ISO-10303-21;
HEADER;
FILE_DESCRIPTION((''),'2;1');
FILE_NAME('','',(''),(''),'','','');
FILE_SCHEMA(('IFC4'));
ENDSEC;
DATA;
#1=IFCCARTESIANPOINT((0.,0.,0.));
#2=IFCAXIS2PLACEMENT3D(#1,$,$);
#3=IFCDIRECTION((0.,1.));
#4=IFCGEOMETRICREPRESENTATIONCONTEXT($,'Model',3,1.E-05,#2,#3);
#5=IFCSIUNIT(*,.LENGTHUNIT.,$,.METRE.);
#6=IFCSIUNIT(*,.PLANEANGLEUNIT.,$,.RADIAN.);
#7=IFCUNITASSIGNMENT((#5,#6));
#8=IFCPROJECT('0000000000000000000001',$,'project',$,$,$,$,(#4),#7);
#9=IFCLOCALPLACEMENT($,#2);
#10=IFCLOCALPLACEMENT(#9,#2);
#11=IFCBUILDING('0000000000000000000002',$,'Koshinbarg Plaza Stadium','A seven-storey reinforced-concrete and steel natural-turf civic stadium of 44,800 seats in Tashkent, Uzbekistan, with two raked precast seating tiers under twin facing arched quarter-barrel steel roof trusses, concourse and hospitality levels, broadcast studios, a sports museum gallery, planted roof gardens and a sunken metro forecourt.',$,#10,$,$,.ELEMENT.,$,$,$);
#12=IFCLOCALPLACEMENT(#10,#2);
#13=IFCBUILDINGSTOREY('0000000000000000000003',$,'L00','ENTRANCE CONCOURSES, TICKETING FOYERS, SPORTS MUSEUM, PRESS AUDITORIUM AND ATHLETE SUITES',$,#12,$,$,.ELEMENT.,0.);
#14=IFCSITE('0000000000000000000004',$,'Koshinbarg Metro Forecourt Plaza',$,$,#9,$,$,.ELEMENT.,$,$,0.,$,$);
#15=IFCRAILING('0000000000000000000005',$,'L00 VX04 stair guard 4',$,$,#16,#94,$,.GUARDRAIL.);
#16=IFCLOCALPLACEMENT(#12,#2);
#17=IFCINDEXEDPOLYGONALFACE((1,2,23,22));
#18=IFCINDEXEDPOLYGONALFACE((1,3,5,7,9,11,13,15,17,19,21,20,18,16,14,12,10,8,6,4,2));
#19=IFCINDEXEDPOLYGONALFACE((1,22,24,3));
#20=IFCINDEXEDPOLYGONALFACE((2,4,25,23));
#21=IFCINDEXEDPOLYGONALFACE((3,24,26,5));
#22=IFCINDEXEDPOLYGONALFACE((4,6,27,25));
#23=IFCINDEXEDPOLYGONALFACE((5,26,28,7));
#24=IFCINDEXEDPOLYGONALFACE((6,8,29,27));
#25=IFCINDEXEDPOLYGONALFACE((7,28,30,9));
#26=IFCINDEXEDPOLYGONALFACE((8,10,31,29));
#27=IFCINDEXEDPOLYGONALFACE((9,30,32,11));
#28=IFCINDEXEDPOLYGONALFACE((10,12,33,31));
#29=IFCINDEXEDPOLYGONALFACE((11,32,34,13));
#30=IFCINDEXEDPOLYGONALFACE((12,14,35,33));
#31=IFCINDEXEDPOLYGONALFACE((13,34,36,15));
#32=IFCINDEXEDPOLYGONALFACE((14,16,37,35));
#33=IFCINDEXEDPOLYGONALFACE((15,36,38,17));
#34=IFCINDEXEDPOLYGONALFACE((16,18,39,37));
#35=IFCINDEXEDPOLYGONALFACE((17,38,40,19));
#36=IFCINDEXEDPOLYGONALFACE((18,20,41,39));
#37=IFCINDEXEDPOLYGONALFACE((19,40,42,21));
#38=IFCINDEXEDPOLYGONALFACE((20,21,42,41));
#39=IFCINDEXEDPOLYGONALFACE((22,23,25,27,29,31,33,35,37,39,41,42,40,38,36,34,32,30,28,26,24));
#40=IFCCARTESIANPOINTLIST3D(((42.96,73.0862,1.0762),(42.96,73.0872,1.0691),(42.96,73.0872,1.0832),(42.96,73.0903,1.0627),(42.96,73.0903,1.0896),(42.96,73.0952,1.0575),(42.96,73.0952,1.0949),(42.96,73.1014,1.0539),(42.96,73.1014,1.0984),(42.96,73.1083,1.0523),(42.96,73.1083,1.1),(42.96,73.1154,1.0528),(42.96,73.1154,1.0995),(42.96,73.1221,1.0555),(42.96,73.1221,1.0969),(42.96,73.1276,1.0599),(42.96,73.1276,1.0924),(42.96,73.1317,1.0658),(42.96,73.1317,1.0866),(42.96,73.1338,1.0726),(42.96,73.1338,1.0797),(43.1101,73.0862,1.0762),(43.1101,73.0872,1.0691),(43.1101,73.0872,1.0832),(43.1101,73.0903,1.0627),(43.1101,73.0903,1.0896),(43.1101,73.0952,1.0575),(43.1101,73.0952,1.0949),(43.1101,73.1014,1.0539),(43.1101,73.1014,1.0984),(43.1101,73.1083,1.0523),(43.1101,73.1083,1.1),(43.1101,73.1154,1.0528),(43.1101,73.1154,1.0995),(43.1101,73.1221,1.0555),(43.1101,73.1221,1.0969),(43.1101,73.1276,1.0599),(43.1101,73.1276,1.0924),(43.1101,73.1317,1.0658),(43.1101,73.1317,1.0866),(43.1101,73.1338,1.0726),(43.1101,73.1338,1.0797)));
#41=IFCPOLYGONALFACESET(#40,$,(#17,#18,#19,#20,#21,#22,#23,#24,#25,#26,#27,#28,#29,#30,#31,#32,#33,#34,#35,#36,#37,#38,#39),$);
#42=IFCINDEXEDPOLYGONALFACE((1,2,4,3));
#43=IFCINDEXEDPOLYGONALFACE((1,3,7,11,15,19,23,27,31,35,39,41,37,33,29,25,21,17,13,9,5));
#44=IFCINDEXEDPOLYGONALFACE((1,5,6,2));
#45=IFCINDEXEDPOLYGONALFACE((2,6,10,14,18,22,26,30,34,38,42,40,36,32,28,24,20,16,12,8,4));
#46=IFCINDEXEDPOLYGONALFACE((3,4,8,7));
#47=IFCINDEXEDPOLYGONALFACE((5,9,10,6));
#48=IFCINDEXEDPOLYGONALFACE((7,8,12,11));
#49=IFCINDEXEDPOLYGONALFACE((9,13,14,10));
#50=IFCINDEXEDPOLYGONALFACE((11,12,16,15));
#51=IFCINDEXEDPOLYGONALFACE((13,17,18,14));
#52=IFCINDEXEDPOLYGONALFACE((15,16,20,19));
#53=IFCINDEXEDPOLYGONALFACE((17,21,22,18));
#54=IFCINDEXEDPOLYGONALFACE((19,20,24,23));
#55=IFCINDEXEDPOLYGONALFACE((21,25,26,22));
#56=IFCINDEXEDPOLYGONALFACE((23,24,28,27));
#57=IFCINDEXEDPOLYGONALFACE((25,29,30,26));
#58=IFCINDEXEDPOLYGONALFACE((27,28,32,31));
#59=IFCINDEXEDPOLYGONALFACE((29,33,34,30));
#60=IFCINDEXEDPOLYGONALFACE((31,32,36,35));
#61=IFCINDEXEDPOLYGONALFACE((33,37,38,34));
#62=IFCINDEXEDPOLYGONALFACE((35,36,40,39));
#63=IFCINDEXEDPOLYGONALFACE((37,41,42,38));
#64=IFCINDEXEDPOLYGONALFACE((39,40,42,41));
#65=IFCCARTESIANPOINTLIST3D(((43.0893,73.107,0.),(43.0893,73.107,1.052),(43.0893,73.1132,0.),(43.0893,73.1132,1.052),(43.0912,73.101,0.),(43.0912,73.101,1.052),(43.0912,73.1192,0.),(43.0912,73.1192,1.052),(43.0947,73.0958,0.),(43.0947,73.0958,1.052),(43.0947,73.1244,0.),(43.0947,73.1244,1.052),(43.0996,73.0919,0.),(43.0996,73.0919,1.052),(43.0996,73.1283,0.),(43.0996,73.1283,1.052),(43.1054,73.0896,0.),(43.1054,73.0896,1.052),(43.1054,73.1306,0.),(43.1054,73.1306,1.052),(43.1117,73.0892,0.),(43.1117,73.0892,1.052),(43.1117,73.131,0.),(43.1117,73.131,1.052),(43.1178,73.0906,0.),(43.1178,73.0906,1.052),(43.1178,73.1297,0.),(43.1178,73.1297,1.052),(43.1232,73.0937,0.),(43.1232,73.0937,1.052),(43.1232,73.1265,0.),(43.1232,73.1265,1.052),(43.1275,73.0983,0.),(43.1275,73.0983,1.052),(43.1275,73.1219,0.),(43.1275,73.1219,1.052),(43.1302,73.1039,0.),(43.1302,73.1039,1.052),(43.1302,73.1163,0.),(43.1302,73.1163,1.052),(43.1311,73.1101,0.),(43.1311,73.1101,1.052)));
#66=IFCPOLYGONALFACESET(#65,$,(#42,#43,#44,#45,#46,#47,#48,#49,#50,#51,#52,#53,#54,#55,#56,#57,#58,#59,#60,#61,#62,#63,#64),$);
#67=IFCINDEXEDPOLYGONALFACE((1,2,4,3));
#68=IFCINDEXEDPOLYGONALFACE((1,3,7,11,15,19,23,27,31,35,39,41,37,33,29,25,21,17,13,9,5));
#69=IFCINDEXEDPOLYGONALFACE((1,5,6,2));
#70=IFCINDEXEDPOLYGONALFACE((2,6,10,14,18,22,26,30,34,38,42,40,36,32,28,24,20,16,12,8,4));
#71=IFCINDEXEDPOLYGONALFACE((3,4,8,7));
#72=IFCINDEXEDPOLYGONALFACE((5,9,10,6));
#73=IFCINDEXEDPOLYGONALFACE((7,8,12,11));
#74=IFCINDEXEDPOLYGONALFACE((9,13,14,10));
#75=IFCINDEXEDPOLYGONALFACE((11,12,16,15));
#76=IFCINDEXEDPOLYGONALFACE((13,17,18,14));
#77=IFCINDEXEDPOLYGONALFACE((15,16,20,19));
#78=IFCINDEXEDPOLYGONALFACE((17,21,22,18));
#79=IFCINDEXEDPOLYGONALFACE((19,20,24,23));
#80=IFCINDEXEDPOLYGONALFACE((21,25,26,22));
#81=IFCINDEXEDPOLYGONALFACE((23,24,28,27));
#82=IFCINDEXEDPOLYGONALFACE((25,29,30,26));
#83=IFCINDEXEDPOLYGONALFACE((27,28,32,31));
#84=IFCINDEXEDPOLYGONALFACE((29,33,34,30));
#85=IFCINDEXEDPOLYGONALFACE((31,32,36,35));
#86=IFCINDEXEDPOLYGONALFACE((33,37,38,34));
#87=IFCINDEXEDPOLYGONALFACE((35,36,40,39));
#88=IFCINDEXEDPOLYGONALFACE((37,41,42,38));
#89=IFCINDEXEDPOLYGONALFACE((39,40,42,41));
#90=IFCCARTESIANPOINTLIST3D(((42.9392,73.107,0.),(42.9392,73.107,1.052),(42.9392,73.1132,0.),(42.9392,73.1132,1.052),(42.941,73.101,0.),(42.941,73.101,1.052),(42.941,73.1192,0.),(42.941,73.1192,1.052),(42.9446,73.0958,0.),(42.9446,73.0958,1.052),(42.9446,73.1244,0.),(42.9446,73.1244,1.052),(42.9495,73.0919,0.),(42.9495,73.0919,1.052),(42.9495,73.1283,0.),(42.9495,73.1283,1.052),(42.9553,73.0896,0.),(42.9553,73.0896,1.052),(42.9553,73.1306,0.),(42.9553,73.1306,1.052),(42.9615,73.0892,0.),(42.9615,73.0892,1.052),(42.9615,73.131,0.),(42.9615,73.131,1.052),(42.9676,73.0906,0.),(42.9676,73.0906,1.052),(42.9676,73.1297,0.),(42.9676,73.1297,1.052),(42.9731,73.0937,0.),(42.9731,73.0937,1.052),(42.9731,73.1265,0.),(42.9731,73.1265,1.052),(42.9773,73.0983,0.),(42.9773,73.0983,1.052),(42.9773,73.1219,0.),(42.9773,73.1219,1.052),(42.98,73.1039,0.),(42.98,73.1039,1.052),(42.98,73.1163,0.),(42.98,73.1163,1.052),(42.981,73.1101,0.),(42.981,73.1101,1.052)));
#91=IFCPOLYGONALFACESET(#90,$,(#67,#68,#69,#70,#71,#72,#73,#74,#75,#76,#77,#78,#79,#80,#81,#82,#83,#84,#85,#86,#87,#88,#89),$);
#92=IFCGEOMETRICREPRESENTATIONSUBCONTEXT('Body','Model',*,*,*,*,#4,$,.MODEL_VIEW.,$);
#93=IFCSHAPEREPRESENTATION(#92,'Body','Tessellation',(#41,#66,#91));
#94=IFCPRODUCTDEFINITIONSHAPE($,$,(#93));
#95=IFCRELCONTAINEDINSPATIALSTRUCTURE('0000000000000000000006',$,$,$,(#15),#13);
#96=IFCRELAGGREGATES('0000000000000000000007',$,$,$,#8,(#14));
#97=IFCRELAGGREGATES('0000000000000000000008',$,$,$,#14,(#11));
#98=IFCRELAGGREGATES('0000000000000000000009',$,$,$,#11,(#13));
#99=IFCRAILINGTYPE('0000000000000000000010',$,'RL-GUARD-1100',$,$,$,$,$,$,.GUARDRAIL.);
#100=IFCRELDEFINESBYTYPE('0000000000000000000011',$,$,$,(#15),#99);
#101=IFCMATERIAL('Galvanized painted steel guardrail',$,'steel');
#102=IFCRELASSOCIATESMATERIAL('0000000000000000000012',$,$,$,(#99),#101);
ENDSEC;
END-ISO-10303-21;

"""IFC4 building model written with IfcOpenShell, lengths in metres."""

from ifc_helpers import new_model, si_unit, direction, frame, origin, origin_2d, place, context, subcontext, project, spatial, circle, extrude, material, type_object, element, save


model = new_model("IFC4")

# Units and contexts
model_context = context("Model", 3, precision=1e-05, world=origin(), true_north=direction((0.0, 1.0)))
body_context = subcontext(model_context, "Body", "Model", "MODEL_VIEW")
ifc_project = project(units=[si_unit("LENGTHUNIT", "METRE"), si_unit("PLANEANGLEUNIT", "RADIAN")], contexts=[model_context])

# Site, building, storey
site_placement = place(None, origin())
site = spatial("IfcSite", under=ifc_project, at=site_placement, Name="Koshinbarg Metro Forecourt Plaza", CompositionType="ELEMENT", RefElevation=0.0)
building_placement = place(site_placement, origin())
building = spatial("IfcBuilding", under=site, at=building_placement, Name="Koshinbarg Plaza Stadium", Description="A seven-storey reinforced-concrete and steel natural-turf civic stadium of 44,800 seats in Tashkent, Uzbekistan, with two raked precast seating tiers under twin facing arched quarter-barrel steel roof trusses, concourse and hospitality levels, broadcast studios, a sports museum gallery, planted roof gardens and a sunken metro forecourt.", CompositionType="ELEMENT")
storey_placement = place(building_placement, origin())
storey = spatial("IfcBuildingStorey", under=building, at=storey_placement, Name="L00", Description="ENTRANCE CONCOURSES, TICKETING FOYERS, SPORTS MUSEUM, PRESS AUDITORIUM AND ATHLETE SUITES", CompositionType="ELEMENT", Elevation=0.0)

# Railing
ifc_material_1 = material(Name="Galvanized painted steel guardrail", Category="steel")
railing_type_1 = type_object("IfcRailingType", Name="RL-GUARD-1100", PredefinedType="GUARDRAIL", material=ifc_material_1)
railing_1_placement = place(storey_placement, frame((43.1101, 73.1101, 0.0)))
element("IfcRailing", 1, at=railing_1_placement, inside=storey, type_object=railing_type_1, Name="L00 VX04 stair guard 4", PredefinedType="GUARDRAIL", context=body_context, shape_type="SweptSolid", body=[
    extrude(circle(Radius=0.0239, at=origin_2d()), frame((0.0, 0.0, 1.0762), z_axis=(-1.0, 0.0, 0.0), x_axis=(0.0, -1.0, 0.0)), (0.0, 0.0, 1.0), 0.1501),
    extrude(circle(Radius=0.021, at=origin_2d()), origin(), (0.0, 0.0, 1.0), 1.052),
    extrude(circle(Radius=0.021, at=origin_2d()), frame((-0.1501, 0.0, 0.0)), (0.0, 0.0, 1.0), 1.052),
])

save(model, "model.ifc")
